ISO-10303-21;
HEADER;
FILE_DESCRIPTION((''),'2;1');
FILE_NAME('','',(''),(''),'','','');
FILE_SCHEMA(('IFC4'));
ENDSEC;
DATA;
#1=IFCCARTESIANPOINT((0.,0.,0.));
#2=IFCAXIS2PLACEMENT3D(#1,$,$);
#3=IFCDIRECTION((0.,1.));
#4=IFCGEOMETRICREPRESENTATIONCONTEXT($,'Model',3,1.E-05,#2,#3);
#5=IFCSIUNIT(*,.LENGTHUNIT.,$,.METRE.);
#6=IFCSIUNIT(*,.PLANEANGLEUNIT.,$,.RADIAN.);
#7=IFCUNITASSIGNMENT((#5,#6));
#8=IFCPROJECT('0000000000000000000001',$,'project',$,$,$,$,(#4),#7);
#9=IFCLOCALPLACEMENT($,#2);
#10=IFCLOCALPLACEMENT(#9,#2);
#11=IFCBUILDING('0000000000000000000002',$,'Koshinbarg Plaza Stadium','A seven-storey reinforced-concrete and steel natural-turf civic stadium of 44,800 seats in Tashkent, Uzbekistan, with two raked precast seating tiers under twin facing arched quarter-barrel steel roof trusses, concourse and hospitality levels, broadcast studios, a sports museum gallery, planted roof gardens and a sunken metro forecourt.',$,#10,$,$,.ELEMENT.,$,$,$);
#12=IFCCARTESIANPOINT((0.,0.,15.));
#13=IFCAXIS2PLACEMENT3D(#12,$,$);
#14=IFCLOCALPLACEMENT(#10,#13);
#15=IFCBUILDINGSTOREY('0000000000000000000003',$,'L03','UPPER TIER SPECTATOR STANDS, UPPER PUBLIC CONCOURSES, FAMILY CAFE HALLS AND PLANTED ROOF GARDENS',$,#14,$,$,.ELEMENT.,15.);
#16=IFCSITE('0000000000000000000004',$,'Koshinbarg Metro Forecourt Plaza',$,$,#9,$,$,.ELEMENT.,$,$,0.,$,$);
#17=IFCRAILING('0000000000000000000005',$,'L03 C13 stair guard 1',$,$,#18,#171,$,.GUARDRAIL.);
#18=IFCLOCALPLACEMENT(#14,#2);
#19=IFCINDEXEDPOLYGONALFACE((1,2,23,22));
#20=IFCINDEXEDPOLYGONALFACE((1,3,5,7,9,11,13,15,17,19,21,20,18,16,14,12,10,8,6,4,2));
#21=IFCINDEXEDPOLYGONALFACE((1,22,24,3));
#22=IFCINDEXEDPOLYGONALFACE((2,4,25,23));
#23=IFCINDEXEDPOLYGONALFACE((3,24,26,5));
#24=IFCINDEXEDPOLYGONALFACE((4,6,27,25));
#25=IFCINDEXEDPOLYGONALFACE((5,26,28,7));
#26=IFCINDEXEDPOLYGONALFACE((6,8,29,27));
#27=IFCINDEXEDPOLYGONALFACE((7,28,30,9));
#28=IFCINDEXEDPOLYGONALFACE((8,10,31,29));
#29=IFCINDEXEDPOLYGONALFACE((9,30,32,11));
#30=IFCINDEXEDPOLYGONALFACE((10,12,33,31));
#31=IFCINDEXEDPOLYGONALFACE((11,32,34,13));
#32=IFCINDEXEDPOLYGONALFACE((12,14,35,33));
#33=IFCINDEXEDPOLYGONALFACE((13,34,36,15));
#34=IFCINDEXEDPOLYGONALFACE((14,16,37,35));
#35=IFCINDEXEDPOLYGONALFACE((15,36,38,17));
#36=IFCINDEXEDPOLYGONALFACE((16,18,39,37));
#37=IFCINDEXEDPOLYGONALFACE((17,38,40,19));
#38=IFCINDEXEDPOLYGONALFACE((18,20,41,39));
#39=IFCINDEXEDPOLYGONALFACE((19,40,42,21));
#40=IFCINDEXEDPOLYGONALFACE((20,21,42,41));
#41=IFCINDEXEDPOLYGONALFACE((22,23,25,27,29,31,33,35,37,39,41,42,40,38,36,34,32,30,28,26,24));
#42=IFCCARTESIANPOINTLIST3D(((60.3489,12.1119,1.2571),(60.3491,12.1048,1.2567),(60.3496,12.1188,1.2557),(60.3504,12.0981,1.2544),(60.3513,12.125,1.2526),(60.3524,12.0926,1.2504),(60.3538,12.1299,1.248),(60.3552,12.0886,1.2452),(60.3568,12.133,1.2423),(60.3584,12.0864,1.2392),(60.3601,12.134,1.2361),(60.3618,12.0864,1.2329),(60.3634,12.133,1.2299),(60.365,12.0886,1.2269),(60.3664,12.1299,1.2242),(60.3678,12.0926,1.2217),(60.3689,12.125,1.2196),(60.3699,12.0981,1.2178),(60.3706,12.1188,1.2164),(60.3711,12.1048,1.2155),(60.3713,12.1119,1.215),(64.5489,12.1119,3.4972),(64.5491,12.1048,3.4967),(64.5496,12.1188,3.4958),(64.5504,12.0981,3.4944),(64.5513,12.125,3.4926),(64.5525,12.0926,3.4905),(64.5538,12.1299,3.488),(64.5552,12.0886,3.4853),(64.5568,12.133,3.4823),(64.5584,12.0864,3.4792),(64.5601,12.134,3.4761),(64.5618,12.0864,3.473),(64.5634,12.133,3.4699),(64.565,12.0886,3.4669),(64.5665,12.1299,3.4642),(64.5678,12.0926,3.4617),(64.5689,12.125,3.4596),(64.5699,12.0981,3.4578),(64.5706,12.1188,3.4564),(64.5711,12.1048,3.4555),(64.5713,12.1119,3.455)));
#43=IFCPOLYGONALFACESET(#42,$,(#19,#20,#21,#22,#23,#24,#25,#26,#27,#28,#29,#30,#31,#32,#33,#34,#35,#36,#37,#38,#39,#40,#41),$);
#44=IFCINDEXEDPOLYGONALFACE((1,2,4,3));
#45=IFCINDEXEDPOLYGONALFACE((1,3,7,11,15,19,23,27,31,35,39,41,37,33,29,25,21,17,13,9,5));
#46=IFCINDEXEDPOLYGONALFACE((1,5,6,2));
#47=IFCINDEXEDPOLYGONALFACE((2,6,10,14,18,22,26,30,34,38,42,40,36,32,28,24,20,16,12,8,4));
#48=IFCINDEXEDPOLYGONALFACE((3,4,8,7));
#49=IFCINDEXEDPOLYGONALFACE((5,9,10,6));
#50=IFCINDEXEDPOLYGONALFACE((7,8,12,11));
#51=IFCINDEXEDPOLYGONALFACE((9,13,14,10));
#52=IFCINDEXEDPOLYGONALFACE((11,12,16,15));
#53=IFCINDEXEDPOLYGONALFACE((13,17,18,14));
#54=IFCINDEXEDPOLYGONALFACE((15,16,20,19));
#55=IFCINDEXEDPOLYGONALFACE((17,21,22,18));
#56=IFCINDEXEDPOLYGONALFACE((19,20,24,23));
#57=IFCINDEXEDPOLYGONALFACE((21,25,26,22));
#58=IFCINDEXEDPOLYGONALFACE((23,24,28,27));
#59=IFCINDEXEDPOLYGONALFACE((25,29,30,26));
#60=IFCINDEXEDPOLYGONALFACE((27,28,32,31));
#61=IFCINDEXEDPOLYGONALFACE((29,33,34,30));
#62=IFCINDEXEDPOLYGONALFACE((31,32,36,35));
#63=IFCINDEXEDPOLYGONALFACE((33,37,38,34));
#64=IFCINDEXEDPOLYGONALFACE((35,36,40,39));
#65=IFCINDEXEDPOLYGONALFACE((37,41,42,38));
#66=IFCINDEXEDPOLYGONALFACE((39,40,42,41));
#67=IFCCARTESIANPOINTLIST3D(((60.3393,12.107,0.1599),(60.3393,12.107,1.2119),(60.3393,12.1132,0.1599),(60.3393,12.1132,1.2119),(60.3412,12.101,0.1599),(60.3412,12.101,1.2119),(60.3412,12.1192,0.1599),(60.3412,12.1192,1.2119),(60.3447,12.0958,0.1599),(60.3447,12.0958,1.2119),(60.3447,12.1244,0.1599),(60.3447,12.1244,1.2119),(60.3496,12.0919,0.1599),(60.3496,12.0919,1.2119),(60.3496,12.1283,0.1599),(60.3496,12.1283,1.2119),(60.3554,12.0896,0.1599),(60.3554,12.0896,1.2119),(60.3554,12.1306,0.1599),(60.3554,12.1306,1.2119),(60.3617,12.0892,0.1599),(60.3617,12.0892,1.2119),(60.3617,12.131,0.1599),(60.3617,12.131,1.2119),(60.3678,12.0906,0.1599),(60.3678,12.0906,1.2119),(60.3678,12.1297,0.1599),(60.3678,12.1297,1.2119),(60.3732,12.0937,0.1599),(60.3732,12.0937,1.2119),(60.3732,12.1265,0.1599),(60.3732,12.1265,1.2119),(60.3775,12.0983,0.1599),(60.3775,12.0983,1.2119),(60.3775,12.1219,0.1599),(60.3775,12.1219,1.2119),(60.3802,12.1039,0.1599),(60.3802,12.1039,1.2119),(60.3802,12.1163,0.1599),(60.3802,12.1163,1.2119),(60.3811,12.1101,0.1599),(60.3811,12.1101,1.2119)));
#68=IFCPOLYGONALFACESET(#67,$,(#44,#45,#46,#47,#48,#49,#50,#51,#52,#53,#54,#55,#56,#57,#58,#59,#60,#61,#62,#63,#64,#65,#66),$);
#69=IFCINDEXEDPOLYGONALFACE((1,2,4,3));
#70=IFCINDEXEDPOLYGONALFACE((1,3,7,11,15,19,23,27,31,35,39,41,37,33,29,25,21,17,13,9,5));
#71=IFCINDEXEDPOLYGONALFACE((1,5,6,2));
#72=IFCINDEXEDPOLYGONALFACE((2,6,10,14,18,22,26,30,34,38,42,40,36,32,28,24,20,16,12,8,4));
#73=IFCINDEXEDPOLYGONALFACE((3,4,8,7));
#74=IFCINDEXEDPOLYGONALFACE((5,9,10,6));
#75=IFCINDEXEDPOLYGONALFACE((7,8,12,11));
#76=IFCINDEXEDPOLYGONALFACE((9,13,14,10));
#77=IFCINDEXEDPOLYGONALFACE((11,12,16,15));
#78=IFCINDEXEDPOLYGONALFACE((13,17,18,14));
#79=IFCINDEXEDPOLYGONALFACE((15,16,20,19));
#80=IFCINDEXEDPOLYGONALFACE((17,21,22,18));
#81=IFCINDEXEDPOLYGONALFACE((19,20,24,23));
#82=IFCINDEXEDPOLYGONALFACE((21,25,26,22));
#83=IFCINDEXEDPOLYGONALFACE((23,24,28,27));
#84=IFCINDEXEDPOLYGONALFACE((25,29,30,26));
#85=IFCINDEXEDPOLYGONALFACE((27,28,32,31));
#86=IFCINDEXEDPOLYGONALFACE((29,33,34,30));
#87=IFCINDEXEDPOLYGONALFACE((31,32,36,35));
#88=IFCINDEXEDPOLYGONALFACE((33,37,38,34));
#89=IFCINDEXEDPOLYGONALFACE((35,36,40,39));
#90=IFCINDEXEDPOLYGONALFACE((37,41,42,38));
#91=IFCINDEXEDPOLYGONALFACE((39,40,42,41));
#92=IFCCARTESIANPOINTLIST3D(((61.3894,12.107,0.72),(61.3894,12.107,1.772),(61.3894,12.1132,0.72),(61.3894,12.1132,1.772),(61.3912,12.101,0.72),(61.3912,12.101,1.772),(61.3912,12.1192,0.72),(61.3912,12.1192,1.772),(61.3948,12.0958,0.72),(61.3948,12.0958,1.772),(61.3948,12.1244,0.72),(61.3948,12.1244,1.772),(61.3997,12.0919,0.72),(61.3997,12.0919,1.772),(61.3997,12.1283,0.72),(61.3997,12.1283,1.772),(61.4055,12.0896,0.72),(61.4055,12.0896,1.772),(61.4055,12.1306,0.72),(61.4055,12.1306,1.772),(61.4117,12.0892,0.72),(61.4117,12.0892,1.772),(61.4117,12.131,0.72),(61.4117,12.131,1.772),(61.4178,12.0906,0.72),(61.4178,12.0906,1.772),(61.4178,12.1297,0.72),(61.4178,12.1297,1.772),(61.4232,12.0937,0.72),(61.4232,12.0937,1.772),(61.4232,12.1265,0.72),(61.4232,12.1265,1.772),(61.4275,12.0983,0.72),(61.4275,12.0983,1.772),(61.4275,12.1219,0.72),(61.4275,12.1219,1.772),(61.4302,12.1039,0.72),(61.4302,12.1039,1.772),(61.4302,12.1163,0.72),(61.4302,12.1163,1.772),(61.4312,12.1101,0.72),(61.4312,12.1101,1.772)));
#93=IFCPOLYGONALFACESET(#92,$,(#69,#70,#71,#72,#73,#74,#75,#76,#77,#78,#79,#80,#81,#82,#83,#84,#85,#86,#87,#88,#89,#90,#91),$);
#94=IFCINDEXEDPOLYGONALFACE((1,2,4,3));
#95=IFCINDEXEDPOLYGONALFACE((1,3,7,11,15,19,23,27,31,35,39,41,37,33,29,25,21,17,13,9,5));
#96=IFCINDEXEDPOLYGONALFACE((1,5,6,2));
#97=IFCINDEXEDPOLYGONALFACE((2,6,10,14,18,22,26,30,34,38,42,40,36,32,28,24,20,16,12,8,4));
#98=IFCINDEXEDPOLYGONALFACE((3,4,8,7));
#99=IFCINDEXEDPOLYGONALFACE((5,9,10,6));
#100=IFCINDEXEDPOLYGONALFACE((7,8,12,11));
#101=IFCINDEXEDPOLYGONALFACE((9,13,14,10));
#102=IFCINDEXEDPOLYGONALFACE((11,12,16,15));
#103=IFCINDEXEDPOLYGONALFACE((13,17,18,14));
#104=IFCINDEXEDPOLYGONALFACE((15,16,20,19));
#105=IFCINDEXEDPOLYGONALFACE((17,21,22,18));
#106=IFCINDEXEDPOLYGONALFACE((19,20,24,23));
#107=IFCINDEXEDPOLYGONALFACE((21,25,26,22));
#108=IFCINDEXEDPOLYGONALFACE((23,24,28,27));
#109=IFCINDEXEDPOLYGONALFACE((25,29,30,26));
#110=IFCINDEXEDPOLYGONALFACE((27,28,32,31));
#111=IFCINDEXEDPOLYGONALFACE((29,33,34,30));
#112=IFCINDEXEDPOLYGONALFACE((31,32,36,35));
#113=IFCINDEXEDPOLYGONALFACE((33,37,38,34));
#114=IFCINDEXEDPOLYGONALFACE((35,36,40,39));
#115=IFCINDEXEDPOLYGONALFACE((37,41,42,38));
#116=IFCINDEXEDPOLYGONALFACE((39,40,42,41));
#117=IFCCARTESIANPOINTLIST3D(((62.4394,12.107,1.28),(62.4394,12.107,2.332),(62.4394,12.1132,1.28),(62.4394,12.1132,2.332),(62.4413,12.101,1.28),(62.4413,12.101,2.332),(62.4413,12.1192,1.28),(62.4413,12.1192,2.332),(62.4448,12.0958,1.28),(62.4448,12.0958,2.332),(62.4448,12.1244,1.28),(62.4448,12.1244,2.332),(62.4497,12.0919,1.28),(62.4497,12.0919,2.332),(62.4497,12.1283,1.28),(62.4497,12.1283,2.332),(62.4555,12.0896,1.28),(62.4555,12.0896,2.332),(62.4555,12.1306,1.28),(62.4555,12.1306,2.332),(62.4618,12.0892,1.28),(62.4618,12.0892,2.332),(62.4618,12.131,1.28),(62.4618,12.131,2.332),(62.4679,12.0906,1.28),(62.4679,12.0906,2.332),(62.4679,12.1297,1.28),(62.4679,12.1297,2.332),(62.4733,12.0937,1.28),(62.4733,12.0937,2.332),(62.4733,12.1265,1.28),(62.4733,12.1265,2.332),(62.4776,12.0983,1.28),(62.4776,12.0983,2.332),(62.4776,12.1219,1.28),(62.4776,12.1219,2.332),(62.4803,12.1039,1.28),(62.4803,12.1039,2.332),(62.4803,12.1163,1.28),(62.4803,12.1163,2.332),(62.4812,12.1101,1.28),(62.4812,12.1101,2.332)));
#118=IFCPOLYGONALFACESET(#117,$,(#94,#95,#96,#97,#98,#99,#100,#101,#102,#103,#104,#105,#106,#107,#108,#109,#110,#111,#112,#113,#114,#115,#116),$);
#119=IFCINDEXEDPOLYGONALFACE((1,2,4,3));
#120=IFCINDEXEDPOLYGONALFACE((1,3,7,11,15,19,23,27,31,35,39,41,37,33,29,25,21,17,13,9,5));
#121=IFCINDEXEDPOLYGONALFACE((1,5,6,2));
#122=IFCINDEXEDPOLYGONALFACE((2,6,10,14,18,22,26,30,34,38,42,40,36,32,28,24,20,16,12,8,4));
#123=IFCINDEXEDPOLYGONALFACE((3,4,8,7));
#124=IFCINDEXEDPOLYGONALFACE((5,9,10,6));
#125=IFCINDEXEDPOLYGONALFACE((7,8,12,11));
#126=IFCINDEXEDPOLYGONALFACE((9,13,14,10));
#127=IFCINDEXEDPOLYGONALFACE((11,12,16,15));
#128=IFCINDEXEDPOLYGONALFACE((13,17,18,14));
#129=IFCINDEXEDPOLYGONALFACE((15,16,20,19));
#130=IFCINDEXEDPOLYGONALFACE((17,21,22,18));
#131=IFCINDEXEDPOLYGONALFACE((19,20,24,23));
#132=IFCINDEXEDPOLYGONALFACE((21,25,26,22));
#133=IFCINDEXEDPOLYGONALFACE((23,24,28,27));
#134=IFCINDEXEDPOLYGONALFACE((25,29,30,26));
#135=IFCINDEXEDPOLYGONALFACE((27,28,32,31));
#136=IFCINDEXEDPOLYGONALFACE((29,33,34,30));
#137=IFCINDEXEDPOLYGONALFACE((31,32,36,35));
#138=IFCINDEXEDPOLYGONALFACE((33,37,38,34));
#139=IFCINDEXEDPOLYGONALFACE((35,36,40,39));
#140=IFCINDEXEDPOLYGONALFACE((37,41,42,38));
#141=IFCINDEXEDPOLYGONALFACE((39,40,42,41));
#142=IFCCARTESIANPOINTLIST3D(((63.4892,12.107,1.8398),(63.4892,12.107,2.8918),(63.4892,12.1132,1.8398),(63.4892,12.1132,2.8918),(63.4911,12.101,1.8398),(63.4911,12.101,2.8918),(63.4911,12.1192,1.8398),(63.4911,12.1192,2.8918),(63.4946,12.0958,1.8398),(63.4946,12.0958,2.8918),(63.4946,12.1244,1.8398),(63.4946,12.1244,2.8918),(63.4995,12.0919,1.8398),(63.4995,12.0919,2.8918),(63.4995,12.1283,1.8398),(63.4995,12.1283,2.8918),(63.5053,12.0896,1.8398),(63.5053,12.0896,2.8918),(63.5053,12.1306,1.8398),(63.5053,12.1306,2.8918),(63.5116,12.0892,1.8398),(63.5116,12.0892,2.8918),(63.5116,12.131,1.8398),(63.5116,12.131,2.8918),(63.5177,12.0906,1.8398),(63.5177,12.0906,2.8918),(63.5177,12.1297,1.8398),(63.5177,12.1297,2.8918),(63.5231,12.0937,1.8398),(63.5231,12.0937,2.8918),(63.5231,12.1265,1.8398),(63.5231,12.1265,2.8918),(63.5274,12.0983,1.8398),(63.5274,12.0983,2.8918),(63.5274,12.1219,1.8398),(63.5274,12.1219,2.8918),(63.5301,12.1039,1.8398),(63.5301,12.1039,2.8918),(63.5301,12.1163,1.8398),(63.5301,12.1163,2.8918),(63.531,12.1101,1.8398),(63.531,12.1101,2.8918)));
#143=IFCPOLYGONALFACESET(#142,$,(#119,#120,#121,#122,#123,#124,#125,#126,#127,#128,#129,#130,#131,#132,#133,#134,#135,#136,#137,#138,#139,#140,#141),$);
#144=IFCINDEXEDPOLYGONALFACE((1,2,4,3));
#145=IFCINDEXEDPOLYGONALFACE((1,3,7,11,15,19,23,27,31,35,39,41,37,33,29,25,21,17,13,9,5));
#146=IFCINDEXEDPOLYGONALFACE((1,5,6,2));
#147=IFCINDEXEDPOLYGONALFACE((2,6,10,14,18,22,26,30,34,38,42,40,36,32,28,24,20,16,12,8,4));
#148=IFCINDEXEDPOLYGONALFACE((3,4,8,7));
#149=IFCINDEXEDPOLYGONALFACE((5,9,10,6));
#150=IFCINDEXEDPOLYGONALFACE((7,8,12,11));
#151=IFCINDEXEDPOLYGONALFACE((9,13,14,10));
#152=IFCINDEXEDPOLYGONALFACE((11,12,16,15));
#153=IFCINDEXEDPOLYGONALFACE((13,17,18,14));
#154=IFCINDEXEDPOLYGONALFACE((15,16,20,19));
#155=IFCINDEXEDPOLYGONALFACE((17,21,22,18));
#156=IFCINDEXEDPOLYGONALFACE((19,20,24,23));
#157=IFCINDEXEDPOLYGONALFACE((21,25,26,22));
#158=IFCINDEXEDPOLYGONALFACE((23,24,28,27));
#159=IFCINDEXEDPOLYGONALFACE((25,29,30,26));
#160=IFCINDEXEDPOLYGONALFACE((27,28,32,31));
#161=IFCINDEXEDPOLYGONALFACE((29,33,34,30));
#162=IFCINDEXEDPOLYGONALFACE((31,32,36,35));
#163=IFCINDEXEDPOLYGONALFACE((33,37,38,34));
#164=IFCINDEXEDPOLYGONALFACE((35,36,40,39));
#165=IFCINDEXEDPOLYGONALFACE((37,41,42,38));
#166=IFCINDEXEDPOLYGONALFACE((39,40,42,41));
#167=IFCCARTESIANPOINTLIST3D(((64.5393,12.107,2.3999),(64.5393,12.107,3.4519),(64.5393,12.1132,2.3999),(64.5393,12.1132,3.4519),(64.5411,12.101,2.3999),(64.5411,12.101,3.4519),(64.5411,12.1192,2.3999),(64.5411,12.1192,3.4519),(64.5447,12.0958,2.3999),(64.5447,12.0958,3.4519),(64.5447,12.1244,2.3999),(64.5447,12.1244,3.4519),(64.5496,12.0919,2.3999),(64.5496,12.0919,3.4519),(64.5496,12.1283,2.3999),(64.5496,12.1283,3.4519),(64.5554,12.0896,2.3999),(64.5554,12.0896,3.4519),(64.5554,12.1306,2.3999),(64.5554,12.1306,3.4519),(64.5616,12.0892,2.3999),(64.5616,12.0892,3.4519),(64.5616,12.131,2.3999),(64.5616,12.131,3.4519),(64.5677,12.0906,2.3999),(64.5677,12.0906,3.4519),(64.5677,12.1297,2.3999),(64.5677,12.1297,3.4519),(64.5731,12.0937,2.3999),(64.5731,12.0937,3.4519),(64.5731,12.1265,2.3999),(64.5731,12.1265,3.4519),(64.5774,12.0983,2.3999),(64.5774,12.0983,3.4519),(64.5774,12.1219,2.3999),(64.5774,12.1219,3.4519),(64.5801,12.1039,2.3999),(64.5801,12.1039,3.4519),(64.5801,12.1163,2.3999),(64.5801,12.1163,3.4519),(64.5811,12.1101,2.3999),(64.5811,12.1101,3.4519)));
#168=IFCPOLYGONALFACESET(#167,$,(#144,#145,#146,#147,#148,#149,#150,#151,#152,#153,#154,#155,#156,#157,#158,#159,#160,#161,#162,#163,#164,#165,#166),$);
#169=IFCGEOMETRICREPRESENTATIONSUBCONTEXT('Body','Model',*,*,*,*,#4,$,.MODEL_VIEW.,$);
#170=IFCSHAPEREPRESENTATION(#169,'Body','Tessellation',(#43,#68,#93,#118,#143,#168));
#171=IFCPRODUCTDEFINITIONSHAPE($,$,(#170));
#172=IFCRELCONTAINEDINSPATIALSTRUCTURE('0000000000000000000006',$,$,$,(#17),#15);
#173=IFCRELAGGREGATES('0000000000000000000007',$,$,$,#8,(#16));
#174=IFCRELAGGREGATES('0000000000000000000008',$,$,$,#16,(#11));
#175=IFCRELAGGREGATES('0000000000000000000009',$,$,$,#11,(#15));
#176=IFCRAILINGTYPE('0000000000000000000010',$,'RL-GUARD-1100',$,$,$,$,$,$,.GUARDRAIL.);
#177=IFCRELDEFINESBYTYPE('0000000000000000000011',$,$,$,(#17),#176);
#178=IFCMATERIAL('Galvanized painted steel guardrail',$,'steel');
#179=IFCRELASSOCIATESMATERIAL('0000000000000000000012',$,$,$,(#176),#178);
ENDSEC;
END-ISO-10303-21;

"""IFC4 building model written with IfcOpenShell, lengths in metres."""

from ifc_helpers import new_model, si_unit, direction, frame, origin, origin_2d, place, context, subcontext, project, spatial, circle, extrude, material, type_object, element, save


model = new_model("IFC4")

# Units and contexts
model_context = context("Model", 3, precision=1e-05, world=origin(), true_north=direction((0.0, 1.0)))
body_context = subcontext(model_context, "Body", "Model", "MODEL_VIEW")
ifc_project = project(units=[si_unit("LENGTHUNIT", "METRE"), si_unit("PLANEANGLEUNIT", "RADIAN")], contexts=[model_context])

# Site, building, storey
site_placement = place(None, origin())
site = spatial("IfcSite", under=ifc_project, at=site_placement, Name="Koshinbarg Metro Forecourt Plaza", CompositionType="ELEMENT", RefElevation=0.0)
building_placement = place(site_placement, origin())
building = spatial("IfcBuilding", under=site, at=building_placement, Name="Koshinbarg Plaza Stadium", Description="A seven-storey reinforced-concrete and steel natural-turf civic stadium of 44,800 seats in Tashkent, Uzbekistan, with two raked precast seating tiers under twin facing arched quarter-barrel steel roof trusses, concourse and hospitality levels, broadcast studios, a sports museum gallery, planted roof gardens and a sunken metro forecourt.", CompositionType="ELEMENT")
storey_placement = place(building_placement, frame((0.0, 0.0, 15.0)))
storey = spatial("IfcBuildingStorey", under=building, at=storey_placement, Name="L03", Description="UPPER TIER SPECTATOR STANDS, UPPER PUBLIC CONCOURSES, FAMILY CAFE HALLS AND PLANTED ROOF GARDENS", CompositionType="ELEMENT", Elevation=15.0)

# Railing
ifc_material_1 = material(Name="Galvanized painted steel guardrail", Category="steel")
railing_type_1 = type_object("IfcRailingType", Name="RL-GUARD-1100", PredefinedType="GUARDRAIL", material=ifc_material_1)
railing_1_placement = place(storey_placement, frame((60.3601, 12.1101, 0.1599)))
element("IfcRailing", 1, at=railing_1_placement, inside=storey, type_object=railing_type_1, Name="L03 C13 stair guard 1", PredefinedType="GUARDRAIL", context=body_context, shape_type="SweptSolid", body=[
    extrude(circle(Radius=0.0239, at=origin_2d()), frame((0.0, 0.0, 1.0762), z_axis=(0.882352, 0.0, 0.470591), x_axis=(0.0, 1.0, 0.0)), (0.0, 0.0, 1.0), 4.76),
    extrude(circle(Radius=0.021, at=origin_2d()), origin(), (0.0, 0.0, 1.0), 1.052),
    extrude(circle(Radius=0.021, at=origin_2d()), frame((1.05, 0.0, 0.5601)), (0.0, 0.0, 1.0), 1.052),
    extrude(circle(Radius=0.021, at=origin_2d()), frame((2.1001, 0.0, 1.1201)), (0.0, 0.0, 1.0), 1.052),
    extrude(circle(Radius=0.021, at=origin_2d()), frame((3.1499, 0.0, 1.6799)), (0.0, 0.0, 1.0), 1.052),
    extrude(circle(Radius=0.021, at=origin_2d()), frame((4.2, 0.0, 2.24)), (0.0, 0.0, 1.0), 1.052),
])

save(model, "model.ifc")
